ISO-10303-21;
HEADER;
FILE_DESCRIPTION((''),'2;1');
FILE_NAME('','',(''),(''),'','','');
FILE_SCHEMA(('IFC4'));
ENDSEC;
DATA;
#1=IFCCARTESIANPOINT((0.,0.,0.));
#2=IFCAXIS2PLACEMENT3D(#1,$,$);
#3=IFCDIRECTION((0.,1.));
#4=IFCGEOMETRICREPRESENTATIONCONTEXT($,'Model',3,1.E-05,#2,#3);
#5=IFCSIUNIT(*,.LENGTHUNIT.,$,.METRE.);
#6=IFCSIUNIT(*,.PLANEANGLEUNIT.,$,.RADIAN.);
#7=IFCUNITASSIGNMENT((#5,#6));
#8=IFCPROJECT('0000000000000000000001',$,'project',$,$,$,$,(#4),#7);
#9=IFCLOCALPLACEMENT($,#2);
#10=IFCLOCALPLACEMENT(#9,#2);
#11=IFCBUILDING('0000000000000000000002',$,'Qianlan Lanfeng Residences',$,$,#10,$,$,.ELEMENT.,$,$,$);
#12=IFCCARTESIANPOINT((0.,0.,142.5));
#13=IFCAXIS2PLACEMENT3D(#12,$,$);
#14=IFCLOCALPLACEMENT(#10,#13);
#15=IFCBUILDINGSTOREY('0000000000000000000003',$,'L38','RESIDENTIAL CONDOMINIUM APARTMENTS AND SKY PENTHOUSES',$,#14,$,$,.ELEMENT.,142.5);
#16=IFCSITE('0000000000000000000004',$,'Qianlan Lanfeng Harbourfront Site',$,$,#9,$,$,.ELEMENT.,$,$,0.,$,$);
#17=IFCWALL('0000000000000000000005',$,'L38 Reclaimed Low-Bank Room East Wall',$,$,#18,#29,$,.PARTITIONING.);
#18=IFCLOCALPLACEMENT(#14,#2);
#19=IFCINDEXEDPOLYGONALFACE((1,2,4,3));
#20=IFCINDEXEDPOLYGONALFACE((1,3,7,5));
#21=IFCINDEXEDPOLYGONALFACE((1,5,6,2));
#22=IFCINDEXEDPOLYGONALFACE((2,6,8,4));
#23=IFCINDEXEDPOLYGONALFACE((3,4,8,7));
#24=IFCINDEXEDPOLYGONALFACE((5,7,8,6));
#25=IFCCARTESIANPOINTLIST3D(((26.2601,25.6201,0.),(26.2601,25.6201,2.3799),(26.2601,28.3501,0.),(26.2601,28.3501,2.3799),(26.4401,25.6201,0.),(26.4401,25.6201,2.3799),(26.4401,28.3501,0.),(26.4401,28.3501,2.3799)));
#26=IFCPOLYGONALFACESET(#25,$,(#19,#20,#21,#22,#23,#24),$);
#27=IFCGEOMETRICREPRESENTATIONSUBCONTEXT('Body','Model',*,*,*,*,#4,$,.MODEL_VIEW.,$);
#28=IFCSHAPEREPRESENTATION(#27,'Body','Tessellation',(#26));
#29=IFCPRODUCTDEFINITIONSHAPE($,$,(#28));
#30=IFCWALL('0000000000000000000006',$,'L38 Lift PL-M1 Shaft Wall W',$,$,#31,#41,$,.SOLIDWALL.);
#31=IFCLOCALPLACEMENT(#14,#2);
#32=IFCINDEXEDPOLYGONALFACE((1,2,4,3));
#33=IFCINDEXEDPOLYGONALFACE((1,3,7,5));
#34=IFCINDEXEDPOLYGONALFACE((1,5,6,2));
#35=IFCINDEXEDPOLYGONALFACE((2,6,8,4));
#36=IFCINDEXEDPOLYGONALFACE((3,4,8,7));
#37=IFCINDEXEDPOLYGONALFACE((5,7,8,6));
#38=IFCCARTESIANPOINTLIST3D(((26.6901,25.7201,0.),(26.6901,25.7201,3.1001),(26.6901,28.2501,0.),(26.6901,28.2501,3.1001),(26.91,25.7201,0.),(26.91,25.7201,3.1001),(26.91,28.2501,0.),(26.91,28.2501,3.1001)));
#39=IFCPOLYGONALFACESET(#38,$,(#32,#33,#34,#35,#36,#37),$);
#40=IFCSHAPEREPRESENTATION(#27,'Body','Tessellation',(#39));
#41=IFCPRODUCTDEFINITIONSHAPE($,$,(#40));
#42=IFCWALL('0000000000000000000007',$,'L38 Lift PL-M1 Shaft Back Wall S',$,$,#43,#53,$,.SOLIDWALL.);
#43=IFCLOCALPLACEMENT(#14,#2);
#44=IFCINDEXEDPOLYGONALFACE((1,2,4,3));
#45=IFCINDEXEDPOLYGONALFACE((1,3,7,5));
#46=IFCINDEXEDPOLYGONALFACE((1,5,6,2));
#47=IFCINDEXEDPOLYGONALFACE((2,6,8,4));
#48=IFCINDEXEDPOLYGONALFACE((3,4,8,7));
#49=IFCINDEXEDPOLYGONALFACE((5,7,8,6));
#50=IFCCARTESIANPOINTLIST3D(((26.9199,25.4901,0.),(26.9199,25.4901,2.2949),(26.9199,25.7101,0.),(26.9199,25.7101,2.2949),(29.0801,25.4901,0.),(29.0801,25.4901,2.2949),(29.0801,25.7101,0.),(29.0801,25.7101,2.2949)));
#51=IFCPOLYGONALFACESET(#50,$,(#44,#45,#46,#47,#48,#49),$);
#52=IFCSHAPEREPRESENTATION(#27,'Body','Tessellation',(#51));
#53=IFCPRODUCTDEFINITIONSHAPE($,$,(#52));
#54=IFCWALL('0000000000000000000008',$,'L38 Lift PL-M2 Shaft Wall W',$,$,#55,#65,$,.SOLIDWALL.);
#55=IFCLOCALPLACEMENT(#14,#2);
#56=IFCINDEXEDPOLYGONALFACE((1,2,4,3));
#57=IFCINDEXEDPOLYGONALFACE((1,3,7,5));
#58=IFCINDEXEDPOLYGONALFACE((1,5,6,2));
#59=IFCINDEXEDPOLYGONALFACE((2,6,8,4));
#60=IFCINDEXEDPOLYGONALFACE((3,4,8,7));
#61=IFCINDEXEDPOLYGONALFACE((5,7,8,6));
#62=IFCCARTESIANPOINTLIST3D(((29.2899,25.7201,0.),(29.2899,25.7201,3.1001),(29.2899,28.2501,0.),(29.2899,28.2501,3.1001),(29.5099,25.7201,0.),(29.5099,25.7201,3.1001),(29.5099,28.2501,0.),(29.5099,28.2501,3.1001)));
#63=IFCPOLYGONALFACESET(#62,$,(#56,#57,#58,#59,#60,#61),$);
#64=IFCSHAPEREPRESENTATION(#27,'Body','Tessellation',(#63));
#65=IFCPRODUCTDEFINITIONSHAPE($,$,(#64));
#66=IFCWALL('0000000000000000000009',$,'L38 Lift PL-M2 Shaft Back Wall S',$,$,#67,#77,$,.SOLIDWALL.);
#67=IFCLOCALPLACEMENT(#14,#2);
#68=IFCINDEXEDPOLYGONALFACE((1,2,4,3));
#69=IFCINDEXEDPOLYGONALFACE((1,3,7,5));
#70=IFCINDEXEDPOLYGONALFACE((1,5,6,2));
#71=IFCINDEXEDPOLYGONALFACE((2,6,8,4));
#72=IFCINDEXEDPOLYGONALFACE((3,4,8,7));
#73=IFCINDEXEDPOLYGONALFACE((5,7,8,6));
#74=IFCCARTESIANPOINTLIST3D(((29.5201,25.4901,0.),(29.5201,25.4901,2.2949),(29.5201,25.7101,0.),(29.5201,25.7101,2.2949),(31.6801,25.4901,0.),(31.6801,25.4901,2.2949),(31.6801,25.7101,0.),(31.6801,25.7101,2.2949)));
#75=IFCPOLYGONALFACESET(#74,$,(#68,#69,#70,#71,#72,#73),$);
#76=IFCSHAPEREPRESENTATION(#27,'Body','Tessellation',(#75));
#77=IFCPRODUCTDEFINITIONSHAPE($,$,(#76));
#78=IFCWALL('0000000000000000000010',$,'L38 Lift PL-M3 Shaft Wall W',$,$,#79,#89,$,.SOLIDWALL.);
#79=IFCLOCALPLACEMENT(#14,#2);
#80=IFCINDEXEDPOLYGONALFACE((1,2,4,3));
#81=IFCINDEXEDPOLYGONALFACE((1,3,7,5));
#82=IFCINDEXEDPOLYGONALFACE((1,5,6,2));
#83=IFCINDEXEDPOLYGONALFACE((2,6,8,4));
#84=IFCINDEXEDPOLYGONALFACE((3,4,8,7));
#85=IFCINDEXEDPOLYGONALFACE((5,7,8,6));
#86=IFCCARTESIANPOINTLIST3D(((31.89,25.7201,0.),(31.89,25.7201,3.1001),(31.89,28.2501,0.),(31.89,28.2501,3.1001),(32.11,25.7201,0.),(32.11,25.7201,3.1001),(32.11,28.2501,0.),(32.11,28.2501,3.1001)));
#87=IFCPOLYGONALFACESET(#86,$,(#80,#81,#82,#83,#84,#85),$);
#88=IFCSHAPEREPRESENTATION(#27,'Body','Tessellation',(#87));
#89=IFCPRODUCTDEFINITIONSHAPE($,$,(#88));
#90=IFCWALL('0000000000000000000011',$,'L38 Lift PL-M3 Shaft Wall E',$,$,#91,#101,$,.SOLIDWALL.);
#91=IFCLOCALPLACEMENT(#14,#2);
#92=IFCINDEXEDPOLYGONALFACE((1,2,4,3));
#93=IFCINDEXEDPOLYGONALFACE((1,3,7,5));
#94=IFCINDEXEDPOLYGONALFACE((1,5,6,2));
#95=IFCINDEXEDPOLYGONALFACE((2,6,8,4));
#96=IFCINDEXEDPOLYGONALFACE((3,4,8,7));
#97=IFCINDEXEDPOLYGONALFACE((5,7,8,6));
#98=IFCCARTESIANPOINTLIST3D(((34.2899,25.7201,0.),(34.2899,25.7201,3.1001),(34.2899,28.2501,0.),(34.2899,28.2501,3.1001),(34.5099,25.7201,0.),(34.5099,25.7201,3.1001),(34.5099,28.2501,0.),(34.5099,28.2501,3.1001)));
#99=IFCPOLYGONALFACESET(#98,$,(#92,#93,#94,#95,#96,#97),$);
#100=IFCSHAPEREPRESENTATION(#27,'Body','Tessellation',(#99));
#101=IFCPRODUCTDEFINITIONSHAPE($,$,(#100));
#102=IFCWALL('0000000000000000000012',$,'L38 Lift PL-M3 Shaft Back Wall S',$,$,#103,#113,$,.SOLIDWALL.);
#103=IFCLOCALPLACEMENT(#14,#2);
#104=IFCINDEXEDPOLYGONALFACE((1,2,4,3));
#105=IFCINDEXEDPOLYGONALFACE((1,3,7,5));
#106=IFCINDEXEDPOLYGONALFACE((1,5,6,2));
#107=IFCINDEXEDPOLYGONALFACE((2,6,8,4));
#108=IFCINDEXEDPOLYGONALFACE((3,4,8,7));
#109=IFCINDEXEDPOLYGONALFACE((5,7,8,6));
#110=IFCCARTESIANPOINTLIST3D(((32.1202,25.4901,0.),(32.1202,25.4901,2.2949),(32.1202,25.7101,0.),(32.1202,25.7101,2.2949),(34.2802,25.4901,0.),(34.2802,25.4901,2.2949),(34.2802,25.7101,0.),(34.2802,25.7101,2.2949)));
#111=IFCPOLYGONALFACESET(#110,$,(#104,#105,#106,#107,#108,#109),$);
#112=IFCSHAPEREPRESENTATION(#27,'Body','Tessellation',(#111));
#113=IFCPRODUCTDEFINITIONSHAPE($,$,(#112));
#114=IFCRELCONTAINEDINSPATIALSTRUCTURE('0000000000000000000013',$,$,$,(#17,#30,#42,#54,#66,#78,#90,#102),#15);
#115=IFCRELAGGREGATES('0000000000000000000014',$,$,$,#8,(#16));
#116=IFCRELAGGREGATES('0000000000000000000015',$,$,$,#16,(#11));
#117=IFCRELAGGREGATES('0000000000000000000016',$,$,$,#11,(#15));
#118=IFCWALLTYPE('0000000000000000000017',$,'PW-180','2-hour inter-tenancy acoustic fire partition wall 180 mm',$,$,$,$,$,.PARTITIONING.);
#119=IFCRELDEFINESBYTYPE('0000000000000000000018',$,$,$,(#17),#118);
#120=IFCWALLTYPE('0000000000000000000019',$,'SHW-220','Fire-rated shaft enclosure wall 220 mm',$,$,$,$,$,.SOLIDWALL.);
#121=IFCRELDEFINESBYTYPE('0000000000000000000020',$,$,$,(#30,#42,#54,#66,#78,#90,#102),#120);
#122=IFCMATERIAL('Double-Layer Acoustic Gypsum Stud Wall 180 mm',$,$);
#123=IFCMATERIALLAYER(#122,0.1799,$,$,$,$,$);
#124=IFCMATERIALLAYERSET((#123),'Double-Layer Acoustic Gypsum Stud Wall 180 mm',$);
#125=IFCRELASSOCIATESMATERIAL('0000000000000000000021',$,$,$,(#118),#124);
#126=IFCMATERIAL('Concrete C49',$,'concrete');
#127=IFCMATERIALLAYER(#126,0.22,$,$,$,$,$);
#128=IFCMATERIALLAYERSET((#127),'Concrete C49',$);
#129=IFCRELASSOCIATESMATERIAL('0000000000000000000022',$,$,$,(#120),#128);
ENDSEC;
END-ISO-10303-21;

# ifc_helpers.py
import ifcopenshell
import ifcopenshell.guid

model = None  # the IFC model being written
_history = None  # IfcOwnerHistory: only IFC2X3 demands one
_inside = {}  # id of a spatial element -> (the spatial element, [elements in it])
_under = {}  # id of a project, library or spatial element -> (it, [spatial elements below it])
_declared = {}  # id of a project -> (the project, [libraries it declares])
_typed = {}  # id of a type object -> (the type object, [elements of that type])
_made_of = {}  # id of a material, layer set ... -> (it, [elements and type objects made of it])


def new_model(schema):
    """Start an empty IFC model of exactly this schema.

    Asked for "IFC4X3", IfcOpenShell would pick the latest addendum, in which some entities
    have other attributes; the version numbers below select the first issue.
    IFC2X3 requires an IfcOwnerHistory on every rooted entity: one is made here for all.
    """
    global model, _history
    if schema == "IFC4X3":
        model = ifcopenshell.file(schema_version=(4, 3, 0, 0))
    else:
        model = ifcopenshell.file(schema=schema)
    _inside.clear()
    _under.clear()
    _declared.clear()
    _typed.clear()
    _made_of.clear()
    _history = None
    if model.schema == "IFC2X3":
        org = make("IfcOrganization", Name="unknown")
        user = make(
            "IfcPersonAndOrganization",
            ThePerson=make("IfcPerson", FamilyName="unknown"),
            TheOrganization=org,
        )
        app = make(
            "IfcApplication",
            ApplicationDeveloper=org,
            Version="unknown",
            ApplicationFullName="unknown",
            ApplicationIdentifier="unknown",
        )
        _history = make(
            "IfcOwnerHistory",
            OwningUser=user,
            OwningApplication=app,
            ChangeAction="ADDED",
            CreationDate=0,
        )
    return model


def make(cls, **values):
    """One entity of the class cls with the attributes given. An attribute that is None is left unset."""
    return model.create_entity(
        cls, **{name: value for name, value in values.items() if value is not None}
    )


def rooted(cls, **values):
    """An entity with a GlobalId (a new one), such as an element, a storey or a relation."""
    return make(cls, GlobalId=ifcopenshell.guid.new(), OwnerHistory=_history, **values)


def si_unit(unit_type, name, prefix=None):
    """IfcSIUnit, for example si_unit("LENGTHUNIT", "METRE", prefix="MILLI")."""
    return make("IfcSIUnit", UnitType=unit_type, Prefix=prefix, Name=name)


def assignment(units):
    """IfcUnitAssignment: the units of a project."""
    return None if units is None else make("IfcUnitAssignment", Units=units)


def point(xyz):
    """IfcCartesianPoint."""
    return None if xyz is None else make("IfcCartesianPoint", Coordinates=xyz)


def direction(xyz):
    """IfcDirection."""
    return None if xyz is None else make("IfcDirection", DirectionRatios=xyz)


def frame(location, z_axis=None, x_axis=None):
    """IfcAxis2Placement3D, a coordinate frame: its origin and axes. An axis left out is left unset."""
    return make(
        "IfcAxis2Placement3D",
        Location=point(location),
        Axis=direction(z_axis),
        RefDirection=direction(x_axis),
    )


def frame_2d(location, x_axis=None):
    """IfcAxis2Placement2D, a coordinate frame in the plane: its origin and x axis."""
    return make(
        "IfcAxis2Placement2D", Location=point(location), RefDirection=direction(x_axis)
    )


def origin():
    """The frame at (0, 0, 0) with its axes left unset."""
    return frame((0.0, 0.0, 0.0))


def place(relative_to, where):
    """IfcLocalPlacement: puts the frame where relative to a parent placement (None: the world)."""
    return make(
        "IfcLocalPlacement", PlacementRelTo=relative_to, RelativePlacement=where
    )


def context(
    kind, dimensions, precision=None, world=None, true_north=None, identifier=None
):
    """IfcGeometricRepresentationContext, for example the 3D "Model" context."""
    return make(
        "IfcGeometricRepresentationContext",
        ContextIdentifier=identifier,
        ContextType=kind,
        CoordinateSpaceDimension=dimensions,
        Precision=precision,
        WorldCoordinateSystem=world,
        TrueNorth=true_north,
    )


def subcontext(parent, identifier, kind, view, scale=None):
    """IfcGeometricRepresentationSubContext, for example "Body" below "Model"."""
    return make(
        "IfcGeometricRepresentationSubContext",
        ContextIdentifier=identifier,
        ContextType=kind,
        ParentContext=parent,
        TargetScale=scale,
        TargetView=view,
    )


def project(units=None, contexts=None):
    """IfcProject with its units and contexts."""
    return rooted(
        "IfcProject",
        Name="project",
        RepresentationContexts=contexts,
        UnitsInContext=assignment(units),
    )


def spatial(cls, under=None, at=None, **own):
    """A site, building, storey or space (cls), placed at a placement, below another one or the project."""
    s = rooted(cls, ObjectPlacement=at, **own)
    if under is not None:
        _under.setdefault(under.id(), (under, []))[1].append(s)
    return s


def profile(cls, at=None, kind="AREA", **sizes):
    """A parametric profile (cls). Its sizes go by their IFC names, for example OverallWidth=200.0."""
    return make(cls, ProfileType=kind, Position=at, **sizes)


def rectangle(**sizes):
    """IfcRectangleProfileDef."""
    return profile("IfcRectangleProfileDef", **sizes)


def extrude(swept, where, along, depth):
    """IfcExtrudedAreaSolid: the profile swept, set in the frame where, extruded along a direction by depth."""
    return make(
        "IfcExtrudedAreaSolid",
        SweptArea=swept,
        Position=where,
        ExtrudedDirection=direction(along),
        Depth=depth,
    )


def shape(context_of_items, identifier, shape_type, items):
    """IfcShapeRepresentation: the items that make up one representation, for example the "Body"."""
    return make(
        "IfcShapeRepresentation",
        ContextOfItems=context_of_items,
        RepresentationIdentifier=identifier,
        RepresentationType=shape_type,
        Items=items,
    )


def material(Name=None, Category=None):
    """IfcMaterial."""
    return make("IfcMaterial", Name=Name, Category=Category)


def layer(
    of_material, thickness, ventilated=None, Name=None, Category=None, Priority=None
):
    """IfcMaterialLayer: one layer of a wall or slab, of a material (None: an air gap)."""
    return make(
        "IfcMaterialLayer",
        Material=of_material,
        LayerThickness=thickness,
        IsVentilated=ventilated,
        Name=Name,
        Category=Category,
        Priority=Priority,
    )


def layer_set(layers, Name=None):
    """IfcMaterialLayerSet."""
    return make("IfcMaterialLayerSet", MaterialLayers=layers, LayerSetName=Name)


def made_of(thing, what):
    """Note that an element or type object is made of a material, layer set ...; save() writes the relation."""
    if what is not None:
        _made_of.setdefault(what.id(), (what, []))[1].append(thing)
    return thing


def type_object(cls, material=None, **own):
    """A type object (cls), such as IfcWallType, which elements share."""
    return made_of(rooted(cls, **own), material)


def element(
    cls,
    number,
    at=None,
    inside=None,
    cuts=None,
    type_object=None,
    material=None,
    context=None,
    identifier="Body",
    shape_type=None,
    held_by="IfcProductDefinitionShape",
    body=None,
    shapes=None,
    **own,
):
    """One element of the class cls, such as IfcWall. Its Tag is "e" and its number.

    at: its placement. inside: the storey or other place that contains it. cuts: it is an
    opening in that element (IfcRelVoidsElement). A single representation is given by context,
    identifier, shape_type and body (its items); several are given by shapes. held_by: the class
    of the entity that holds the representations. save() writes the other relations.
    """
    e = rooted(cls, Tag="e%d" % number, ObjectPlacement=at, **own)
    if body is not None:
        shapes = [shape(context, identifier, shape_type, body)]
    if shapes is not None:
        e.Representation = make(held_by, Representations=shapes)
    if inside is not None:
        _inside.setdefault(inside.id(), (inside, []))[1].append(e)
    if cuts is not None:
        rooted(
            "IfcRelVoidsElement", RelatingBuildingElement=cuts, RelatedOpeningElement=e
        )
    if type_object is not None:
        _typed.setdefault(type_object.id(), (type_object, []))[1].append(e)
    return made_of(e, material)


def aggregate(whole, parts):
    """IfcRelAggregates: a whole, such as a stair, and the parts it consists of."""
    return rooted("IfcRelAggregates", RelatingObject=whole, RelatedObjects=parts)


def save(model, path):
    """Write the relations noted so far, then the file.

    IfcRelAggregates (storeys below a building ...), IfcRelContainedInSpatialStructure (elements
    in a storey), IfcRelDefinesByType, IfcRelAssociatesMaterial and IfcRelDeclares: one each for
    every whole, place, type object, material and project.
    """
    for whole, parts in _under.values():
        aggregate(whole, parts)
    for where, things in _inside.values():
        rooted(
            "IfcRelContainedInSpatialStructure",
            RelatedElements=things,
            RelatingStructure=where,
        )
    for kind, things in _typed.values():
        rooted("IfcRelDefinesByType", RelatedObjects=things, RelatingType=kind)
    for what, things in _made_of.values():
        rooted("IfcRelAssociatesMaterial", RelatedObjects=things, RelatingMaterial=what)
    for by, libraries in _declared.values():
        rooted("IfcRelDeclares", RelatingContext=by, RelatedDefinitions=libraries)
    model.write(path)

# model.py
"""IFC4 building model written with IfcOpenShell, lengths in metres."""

from ifc_helpers import new_model, si_unit, direction, frame, frame_2d, origin, place, context, subcontext, project, spatial, rectangle, extrude, material, layer, layer_set, type_object, element, save


model = new_model("IFC4")

# Units and contexts
model_context = context("Model", 3, precision=1e-05, world=origin(), true_north=direction((0.0, 1.0)))
body_context = subcontext(model_context, "Body", "Model", "MODEL_VIEW")
ifc_project = project(units=[si_unit("LENGTHUNIT", "METRE"), si_unit("PLANEANGLEUNIT", "RADIAN")], contexts=[model_context])

# Site, building, storey
site_placement = place(None, origin())
site = spatial("IfcSite", under=ifc_project, at=site_placement, Name="Qianlan Lanfeng Harbourfront Site", CompositionType="ELEMENT", RefElevation=0.0)
building_placement = place(site_placement, origin())
building = spatial("IfcBuilding", under=site, at=building_placement, Name="Qianlan Lanfeng Residences", CompositionType="ELEMENT")
storey_placement = place(building_placement, frame((0.0, 0.0, 142.5)))
storey = spatial("IfcBuildingStorey", under=building, at=storey_placement, Name="L38", Description="RESIDENTIAL CONDOMINIUM APARTMENTS AND SKY PENTHOUSES", CompositionType="ELEMENT", Elevation=142.5)

# Shared definitions
ifc_material_1 = material(Name="Concrete C49", Category="concrete")

# Shared definitions
ifc_material_2 = material(Name="Double-Layer Acoustic Gypsum Stud Wall 180 mm")
ifc_layer_1 = layer(ifc_material_2, 0.1799)
ifc_layer_set_1 = layer_set([ifc_layer_1], Name="Double-Layer Acoustic Gypsum Stud Wall 180 mm")
wall_type_1 = type_object("IfcWallType", Name="PW-180", Description="2-hour inter-tenancy acoustic fire partition wall 180 mm", PredefinedType="PARTITIONING", material=ifc_layer_set_1)

# Walls
wall_1_placement = place(storey_placement, frame((26.3501, 25.6201, 0.0), z_axis=(0.0, 0.0, 1.0), x_axis=(0.0, 1.0, 0.0)))
element("IfcWall", 1, at=wall_1_placement, inside=storey, type_object=wall_type_1, Name="L38 Reclaimed Low-Bank Room East Wall", PredefinedType="PARTITIONING", context=body_context, shape_type="SweptSolid", body=[
    extrude(rectangle(XDim=2.73, YDim=0.1799, at=frame_2d((1.365, 0.0))), origin(), (0.0, 0.0, 1.0), 2.3799),
])
ifc_layer_2 = layer(ifc_material_1, 0.22)
ifc_layer_set_2 = layer_set([ifc_layer_2], Name="Concrete C49")
wall_type_2 = type_object("IfcWallType", Name="SHW-220", Description="Fire-rated shaft enclosure wall 220 mm", PredefinedType="SOLIDWALL", material=ifc_layer_set_2)
wall_2_placement = place(storey_placement, frame((26.8, 25.72, 0.0), z_axis=(0.0, 0.0, 1.0), x_axis=(0.0, 1.0, 0.0)))
element("IfcWall", 2, at=wall_2_placement, inside=storey, type_object=wall_type_2, Name="L38 Lift PL-M1 Shaft Wall W", PredefinedType="SOLIDWALL", context=body_context, shape_type="SweptSolid", body=[
    extrude(rectangle(XDim=2.53, YDim=0.22, at=frame_2d((1.2651, 0.0))), origin(), (0.0, 0.0, 1.0), 3.1001),
])
wall_3_placement = place(storey_placement, frame((26.9199, 25.6001, 0.0), z_axis=(0.0, 0.0, 1.0), x_axis=(1.0, 0.0, 0.0)))
element("IfcWall", 3, at=wall_3_placement, inside=storey, type_object=wall_type_2, Name="L38 Lift PL-M1 Shaft Back Wall S", PredefinedType="SOLIDWALL", context=body_context, shape_type="SweptSolid", body=[
    extrude(rectangle(XDim=2.1602, YDim=0.22, at=frame_2d((1.0801, 0.0))), origin(), (0.0, 0.0, 1.0), 2.2949),
])
wall_4_placement = place(storey_placement, frame((29.3999, 25.72, 0.0), z_axis=(0.0, 0.0, 1.0), x_axis=(0.0, 1.0, 0.0)))
element("IfcWall", 4, at=wall_4_placement, inside=storey, type_object=wall_type_2, Name="L38 Lift PL-M2 Shaft Wall W", PredefinedType="SOLIDWALL", context=body_context, shape_type="SweptSolid", body=[
    extrude(rectangle(XDim=2.53, YDim=0.22, at=frame_2d((1.2651, 0.0))), origin(), (0.0, 0.0, 1.0), 3.1001),
])
wall_5_placement = place(storey_placement, frame((29.52, 25.6001, 0.0), z_axis=(0.0, 0.0, 1.0), x_axis=(1.0, 0.0, 0.0)))
element("IfcWall", 5, at=wall_5_placement, inside=storey, type_object=wall_type_2, Name="L38 Lift PL-M2 Shaft Back Wall S", PredefinedType="SOLIDWALL", context=body_context, shape_type="SweptSolid", body=[
    extrude(rectangle(XDim=2.1599, YDim=0.22, at=frame_2d((1.0801, 0.0))), origin(), (0.0, 0.0, 1.0), 2.2949),
])
for number, where, z_axis, x_axis, name in (
    (6, (32.0, 25.72, 0.0), (0.0, 0.0, 1.0), (0.0, 1.0, 0.0), "L38 Lift PL-M3 Shaft Wall W"),
    (7, (34.3999, 25.72, 0.0), (0.0, 0.0, 1.0), (0.0, 1.0, 0.0), "L38 Lift PL-M3 Shaft Wall E"),
):
    element("IfcWall", number, at=place(storey_placement, frame(where, z_axis=z_axis, x_axis=x_axis)), inside=storey, type_object=wall_type_2, Name=name, PredefinedType="SOLIDWALL", context=body_context, shape_type="SweptSolid", body=[
        extrude(rectangle(XDim=2.53, YDim=0.22, at=frame_2d((1.2651, 0.0))), origin(), (0.0, 0.0, 1.0), 3.1001),
    ])
wall_6_placement = place(storey_placement, frame((32.1201, 25.6001, 0.0), z_axis=(0.0, 0.0, 1.0), x_axis=(1.0, 0.0, 0.0)))
element("IfcWall", 8, at=wall_6_placement, inside=storey, type_object=wall_type_2, Name="L38 Lift PL-M3 Shaft Back Wall S", PredefinedType="SOLIDWALL", context=body_context, shape_type="SweptSolid", body=[
    extrude(rectangle(XDim=2.1599, YDim=0.22, at=frame_2d((1.0801, 0.0))), origin(), (0.0, 0.0, 1.0), 2.2949),
])

save(model, "model.ifc")
